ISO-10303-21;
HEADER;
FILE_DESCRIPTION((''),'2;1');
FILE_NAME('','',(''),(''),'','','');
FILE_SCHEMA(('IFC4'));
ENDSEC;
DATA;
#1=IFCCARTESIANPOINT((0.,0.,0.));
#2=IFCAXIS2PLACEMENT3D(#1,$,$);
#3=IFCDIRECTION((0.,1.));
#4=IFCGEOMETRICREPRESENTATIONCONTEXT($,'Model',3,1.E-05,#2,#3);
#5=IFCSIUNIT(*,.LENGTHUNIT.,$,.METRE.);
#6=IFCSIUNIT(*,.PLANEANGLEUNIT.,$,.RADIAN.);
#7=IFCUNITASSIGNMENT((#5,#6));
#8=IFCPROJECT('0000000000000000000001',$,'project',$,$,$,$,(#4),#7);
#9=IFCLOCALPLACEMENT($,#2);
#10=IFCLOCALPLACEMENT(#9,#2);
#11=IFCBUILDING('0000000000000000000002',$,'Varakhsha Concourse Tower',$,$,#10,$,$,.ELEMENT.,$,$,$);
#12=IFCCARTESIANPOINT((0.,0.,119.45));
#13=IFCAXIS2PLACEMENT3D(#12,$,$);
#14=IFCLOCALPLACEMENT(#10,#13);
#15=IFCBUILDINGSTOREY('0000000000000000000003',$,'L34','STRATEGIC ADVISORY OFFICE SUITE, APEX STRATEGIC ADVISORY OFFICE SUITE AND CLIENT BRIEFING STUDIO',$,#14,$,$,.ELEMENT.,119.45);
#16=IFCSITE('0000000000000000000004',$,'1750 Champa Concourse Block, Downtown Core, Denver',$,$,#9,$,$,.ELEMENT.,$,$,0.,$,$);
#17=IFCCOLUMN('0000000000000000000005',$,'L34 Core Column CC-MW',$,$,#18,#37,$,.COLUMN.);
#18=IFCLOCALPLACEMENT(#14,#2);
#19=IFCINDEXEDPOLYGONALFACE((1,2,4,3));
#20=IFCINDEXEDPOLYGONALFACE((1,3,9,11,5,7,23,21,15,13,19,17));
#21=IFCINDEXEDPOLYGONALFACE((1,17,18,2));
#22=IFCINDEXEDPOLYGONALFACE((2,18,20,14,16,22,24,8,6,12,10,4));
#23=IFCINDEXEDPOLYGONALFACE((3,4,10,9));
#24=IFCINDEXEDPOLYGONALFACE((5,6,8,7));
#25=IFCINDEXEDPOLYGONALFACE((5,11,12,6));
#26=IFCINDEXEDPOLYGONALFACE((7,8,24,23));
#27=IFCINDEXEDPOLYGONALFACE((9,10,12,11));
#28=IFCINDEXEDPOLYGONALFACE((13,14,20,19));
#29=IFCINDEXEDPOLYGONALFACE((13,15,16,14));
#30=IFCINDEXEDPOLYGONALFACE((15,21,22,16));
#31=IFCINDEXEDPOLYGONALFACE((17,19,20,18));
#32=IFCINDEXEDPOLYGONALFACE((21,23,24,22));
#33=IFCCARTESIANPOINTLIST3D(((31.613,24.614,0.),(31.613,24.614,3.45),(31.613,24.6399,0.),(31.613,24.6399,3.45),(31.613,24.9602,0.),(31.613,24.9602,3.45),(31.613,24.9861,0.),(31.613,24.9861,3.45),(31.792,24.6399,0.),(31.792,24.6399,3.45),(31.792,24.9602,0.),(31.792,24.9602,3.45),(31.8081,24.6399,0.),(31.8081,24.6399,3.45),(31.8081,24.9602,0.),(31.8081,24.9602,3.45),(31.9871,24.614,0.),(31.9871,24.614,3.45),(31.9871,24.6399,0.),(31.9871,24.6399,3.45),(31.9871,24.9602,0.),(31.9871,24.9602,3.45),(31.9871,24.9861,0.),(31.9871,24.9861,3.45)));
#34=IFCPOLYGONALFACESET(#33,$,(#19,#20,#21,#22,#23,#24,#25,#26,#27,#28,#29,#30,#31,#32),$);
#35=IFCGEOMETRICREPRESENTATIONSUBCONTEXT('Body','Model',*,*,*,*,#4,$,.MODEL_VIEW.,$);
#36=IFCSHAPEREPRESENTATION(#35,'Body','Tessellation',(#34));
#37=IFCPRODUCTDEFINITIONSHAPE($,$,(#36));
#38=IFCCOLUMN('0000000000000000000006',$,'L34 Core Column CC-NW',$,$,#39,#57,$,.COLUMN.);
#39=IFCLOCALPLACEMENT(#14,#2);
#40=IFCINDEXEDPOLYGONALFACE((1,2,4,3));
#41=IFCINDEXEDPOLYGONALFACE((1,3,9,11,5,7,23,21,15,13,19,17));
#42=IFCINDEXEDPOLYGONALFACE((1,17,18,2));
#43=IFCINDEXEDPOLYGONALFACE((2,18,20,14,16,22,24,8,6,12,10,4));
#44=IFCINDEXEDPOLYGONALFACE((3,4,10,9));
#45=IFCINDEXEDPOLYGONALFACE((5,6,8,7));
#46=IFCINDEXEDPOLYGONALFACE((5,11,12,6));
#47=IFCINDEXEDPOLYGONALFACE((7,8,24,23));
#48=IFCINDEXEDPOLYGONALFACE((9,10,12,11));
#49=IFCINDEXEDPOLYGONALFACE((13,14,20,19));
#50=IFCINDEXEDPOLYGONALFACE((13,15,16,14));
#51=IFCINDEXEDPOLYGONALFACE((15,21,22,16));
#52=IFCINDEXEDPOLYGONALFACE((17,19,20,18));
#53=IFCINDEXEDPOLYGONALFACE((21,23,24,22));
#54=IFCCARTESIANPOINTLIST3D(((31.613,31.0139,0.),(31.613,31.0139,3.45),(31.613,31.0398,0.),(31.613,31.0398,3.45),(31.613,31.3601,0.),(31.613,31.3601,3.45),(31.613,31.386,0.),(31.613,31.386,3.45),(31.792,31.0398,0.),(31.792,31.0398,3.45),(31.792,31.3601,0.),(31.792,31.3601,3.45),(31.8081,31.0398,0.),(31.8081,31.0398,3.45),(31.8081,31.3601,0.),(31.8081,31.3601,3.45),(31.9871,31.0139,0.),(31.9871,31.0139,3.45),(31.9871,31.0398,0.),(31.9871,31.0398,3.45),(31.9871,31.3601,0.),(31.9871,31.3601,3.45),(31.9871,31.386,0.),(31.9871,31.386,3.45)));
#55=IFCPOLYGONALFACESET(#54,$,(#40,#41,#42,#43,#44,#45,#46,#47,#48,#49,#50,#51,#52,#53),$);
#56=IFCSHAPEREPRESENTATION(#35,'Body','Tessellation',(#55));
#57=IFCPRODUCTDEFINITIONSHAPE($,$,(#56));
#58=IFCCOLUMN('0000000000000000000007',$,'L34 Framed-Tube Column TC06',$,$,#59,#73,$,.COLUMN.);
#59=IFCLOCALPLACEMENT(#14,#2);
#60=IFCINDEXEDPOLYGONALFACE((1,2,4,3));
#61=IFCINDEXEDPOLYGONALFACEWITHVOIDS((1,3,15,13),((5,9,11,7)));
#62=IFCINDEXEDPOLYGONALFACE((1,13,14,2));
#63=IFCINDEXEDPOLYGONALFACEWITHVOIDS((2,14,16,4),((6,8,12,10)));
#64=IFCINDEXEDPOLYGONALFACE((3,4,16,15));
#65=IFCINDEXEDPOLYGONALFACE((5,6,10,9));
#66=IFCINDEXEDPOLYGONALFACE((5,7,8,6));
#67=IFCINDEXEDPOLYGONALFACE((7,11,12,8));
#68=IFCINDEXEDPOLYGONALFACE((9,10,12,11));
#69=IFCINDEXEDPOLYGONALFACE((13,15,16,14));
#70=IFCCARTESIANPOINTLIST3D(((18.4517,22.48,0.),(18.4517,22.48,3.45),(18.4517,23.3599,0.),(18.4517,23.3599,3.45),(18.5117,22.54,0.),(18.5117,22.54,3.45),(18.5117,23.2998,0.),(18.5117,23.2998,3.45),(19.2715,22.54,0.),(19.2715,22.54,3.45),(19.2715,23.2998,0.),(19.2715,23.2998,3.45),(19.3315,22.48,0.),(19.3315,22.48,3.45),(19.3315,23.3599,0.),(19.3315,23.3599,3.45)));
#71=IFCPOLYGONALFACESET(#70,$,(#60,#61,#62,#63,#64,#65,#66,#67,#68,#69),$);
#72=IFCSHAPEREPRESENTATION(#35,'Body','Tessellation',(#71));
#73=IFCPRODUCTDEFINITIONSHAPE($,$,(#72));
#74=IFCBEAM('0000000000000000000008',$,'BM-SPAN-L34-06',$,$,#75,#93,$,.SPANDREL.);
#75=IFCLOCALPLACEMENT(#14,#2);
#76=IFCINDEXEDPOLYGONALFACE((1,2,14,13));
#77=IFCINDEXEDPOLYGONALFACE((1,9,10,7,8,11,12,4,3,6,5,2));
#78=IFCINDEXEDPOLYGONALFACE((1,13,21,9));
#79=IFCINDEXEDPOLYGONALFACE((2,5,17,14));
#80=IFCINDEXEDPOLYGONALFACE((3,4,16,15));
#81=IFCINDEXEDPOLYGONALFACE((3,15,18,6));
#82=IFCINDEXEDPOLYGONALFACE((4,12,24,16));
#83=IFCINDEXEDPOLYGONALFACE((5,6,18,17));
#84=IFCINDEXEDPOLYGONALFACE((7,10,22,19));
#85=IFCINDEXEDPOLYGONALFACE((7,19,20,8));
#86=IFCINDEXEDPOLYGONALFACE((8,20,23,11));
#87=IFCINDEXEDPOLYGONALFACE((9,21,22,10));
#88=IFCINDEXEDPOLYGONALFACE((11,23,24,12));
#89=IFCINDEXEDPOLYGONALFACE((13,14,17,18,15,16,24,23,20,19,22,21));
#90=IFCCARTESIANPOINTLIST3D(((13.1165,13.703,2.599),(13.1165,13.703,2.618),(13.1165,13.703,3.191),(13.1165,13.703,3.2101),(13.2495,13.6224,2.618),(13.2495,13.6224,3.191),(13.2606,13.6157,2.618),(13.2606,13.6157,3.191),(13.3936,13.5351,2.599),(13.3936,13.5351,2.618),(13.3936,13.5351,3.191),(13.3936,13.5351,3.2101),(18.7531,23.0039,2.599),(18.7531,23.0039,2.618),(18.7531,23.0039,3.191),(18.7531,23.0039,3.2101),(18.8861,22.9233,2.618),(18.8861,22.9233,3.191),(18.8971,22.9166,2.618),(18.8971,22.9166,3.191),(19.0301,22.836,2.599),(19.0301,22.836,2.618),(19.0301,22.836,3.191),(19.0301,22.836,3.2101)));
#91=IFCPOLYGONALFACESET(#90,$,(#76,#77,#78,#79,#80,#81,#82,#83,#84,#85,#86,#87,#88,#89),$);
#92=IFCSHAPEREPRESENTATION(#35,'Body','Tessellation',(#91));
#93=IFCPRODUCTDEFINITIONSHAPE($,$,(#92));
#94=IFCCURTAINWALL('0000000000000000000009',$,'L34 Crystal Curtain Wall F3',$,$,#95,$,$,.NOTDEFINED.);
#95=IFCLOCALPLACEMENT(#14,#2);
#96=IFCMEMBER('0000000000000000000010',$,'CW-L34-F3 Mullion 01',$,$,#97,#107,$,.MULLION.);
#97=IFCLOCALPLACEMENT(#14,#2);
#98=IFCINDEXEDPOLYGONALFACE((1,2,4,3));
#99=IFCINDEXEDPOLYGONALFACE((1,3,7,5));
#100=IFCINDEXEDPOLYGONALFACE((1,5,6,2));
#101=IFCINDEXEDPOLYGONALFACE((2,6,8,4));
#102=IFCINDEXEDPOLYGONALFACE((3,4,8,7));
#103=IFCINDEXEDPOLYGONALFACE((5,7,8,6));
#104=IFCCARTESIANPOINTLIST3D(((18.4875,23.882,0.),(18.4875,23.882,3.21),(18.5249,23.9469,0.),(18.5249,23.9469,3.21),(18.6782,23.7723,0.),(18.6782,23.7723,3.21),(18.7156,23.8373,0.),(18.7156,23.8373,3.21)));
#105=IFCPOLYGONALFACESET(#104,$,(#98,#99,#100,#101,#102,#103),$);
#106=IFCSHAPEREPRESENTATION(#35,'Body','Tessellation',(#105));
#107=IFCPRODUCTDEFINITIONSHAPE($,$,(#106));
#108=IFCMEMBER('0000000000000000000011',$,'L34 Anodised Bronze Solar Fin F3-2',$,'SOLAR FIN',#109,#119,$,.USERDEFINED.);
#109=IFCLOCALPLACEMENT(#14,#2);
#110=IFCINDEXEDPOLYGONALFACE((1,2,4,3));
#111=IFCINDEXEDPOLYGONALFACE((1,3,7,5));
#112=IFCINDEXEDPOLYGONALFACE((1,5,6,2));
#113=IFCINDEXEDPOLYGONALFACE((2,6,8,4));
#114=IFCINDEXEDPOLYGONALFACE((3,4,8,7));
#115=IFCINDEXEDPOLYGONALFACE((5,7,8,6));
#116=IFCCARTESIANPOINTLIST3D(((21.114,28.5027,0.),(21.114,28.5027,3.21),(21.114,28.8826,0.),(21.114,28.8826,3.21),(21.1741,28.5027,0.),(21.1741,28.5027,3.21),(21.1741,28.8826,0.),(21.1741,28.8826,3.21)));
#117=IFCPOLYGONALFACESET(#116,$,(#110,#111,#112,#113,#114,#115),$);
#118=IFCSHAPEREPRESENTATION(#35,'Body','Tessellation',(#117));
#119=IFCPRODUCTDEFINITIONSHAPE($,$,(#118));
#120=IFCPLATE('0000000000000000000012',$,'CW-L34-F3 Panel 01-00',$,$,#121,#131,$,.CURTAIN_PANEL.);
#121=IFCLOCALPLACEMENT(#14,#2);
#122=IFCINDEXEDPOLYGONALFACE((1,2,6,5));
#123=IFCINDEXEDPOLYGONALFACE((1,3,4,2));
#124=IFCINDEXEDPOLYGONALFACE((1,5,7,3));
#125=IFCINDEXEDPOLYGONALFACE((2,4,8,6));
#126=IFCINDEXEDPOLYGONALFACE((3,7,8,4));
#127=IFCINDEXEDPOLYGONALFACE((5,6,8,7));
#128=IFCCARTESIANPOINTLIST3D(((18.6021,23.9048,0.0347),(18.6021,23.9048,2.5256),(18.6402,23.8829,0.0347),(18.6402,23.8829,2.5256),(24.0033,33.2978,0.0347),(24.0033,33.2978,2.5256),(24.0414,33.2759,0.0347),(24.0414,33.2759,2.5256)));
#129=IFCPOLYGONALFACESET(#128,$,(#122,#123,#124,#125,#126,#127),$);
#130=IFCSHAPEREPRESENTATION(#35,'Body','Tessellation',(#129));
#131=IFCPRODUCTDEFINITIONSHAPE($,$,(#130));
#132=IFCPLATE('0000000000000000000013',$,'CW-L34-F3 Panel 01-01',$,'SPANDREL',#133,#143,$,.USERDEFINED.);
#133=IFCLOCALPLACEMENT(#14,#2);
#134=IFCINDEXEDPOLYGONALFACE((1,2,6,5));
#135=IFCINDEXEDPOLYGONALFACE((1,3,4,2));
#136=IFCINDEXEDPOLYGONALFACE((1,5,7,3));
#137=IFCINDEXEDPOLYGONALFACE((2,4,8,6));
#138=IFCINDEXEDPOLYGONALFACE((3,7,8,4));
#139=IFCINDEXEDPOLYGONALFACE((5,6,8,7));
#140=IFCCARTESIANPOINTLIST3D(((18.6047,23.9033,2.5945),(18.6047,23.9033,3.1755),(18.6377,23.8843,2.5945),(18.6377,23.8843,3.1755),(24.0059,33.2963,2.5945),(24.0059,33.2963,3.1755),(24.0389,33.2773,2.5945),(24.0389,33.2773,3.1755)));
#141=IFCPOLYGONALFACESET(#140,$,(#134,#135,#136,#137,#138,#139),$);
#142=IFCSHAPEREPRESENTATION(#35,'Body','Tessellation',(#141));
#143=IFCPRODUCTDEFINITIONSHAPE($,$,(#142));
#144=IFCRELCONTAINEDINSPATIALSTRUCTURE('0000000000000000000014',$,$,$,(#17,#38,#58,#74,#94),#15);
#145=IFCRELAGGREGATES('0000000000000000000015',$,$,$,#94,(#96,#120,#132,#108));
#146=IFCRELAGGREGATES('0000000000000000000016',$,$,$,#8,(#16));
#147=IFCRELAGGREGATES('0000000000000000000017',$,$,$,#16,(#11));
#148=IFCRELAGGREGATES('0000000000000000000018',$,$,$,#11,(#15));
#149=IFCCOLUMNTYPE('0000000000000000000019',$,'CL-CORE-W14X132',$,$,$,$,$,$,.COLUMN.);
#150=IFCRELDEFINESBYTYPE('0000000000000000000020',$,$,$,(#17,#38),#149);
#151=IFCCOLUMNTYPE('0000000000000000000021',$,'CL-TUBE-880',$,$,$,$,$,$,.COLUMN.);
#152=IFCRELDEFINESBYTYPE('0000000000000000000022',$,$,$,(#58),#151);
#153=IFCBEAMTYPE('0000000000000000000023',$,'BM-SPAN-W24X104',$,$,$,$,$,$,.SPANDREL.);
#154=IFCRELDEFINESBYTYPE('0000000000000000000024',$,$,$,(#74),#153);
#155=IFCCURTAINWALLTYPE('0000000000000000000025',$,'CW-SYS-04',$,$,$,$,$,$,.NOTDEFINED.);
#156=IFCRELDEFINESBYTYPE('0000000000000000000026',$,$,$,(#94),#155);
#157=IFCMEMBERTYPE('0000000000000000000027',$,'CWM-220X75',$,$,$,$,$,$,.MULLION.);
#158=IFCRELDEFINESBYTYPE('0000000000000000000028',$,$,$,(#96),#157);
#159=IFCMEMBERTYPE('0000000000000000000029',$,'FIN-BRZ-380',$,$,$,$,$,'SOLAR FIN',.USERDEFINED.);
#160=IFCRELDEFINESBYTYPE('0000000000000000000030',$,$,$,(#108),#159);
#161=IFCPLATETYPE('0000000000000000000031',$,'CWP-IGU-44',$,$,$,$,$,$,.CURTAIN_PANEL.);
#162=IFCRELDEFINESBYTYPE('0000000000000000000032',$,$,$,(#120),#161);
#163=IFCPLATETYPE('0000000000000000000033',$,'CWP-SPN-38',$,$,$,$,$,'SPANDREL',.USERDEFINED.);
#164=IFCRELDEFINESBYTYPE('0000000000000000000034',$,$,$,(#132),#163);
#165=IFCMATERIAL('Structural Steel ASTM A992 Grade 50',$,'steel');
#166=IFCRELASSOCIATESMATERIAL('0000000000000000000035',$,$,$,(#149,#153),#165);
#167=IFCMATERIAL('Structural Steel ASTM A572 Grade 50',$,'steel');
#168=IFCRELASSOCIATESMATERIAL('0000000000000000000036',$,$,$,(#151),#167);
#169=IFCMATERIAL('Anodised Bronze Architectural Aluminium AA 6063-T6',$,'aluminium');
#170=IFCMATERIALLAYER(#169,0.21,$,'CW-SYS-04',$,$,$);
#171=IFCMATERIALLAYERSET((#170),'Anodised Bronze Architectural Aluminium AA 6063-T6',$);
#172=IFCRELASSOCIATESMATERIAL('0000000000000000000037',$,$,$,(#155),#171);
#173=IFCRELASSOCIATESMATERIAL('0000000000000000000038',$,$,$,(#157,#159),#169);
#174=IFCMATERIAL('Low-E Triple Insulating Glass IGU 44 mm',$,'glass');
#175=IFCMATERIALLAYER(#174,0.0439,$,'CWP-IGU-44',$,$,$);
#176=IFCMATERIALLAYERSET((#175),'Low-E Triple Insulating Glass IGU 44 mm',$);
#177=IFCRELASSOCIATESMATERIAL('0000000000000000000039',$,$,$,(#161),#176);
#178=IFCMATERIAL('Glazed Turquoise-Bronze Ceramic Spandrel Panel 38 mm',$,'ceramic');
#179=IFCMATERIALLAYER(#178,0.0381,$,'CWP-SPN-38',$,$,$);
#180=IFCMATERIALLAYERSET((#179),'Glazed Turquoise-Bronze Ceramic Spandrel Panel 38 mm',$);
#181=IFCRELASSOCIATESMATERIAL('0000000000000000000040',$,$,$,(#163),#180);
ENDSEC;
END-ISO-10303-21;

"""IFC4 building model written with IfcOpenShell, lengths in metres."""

from ifc_helpers import new_model, si_unit, direction, frame, origin, origin_2d, place, context, subcontext, project, spatial, rectangle, hollow_rectangle, i_section, extrude, source, transform, mapped, material, layer, layer_set, material_profile, profile_set, type_object, type_shapes, element, aggregate, save


model = new_model("IFC4")

# Units and contexts
model_context = context("Model", 3, precision=1e-05, world=origin(), true_north=direction((0.0, 1.0)))
body_context = subcontext(model_context, "Body", "Model", "MODEL_VIEW")
ifc_project = project(units=[si_unit("LENGTHUNIT", "METRE"), si_unit("PLANEANGLEUNIT", "RADIAN")], contexts=[model_context])

# Site, building, storey
site_placement = place(None, origin())
site = spatial("IfcSite", under=ifc_project, at=site_placement, Name="1750 Champa Concourse Block, Downtown Core, Denver", CompositionType="ELEMENT", RefElevation=0.0)
building_placement = place(site_placement, origin())
building = spatial("IfcBuilding", under=site, at=building_placement, Name="Varakhsha Concourse Tower", CompositionType="ELEMENT")
storey_placement = place(building_placement, frame((0.0, 0.0, 119.45)))
storey = spatial("IfcBuildingStorey", under=building, at=storey_placement, Name="L34", Description="STRATEGIC ADVISORY OFFICE SUITE, APEX STRATEGIC ADVISORY OFFICE SUITE AND CLIENT BRIEFING STUDIO", CompositionType="ELEMENT", Elevation=119.45)

# Columns
ifc_material_1 = material(Name="Structural Steel ASTM A992 Grade 50", Category="steel")
ifc_material_profile_1 = material_profile(ifc_material_1, i_section(OverallWidth=0.374, OverallDepth=0.3721, WebThickness=0.0161, FlangeThickness=0.0259, at=origin_2d()), Name="W14X132")
ifc_profile_set_1 = profile_set([ifc_material_profile_1], Name="Structural Steel ASTM A992 Grade 50")
column_type_1 = type_object("IfcColumnType", Name="CL-CORE-W14X132", PredefinedType="COLUMN", material=ifc_profile_set_1)
for number, where, z_axis, x_axis, name in (
    (1, (31.8, 24.8, 0.0), (0.0, 0.0, 1.0), (1.0, 0.0, 0.0), "L34 Core Column CC-MW"),
    (2, (31.8, 31.2, 0.0), (0.0, 0.0, 1.0), (1.0, 0.0, 0.0), "L34 Core Column CC-NW"),
):
    element("IfcColumn", number, at=place(storey_placement, frame(where, z_axis=z_axis, x_axis=x_axis)), inside=storey, type_object=column_type_1, Name=name, PredefinedType="COLUMN", context=body_context, shape_type="SweptSolid", body=[
        extrude(i_section(OverallWidth=0.374, OverallDepth=0.3721, WebThickness=0.0161, FlangeThickness=0.0259, at=origin_2d()), origin(), (0.0, 0.0, 1.0), 3.45),
    ])
ifc_material_2 = material(Name="Structural Steel ASTM A572 Grade 50", Category="steel")
ifc_material_profile_2 = material_profile(ifc_material_2, hollow_rectangle(XDim=0.8799, YDim=0.8799, WallThickness=0.0601, at=origin_2d()), Name="BOX 880x880x60")
ifc_profile_set_2 = profile_set([ifc_material_profile_2], Name="Structural Steel ASTM A572 Grade 50")
column_type_2 = type_object("IfcColumnType", Name="CL-TUBE-880", PredefinedType="COLUMN", material=ifc_profile_set_2)
column_placement = place(storey_placement, frame((18.8916, 22.9199, 0.0), z_axis=(0.0, 0.0, 1.0), x_axis=(1.0, 0.0, 0.0)))
element("IfcColumn", 3, at=column_placement, inside=storey, type_object=column_type_2, Name="L34 Framed-Tube Column TC06", PredefinedType="COLUMN", context=body_context, shape_type="SweptSolid", body=[
    extrude(hollow_rectangle(XDim=0.8799, YDim=0.8799, WallThickness=0.0601, at=origin_2d()), origin(), (0.0, 0.0, 1.0), 3.45),
])

# Beam
ifc_material_profile_3 = material_profile(ifc_material_1, i_section(OverallWidth=0.324, OverallDepth=0.6111, WebThickness=0.0129, FlangeThickness=0.019, at=origin_2d()), Name="W24X104")
ifc_profile_set_3 = profile_set([ifc_material_profile_3], Name="Structural Steel ASTM A992 Grade 50")
beam_type = type_object("IfcBeamType", Name="BM-SPAN-W24X104", PredefinedType="SPANDREL", material=ifc_profile_set_3)
beam_placement = place(storey_placement, frame((18.8916, 22.9199, 2.9045), z_axis=(-0.518277, -0.855213, 0.0), x_axis=(0.855213, -0.518277, 0.0)))
element("IfcBeam", 4, at=beam_placement, inside=storey, type_object=beam_type, Name="BM-SPAN-L34-06", PredefinedType="SPANDREL", context=body_context, shape_type="SweptSolid", body=[
    extrude(i_section(OverallWidth=0.324, OverallDepth=0.6111, WebThickness=0.0129, FlangeThickness=0.019, at=origin_2d()), origin(), (0.0, 0.0, 1.0), 10.8755),
])

# Curtain wall, members, plates
ifc_material_3 = material(Name="Anodised Bronze Architectural Aluminium AA 6063-T6", Category="aluminium")
ifc_layer_1 = layer(ifc_material_3, 0.21, Name="CW-SYS-04")
ifc_layer_set_1 = layer_set([ifc_layer_1], Name="Anodised Bronze Architectural Aluminium AA 6063-T6")
curtain_wall_type = type_object("IfcCurtainWallType", Name="CW-SYS-04", PredefinedType="NOTDEFINED", material=ifc_layer_set_1)
curtain_wall_placement = place(storey_placement, origin())
curtain_wall = element("IfcCurtainWall", 5, at=curtain_wall_placement, inside=storey, type_object=curtain_wall_type, Name="L34 Crystal Curtain Wall F3", PredefinedType="NOTDEFINED")
ifc_material_profile_4 = material_profile(ifc_material_3, rectangle(XDim=0.075, YDim=0.22, at=origin_2d()), Name="CWM-220X75")
ifc_profile_set_4 = profile_set([ifc_material_profile_4], Name="Anodised Bronze Architectural Aluminium AA 6063-T6")
member_type_1 = type_object("IfcMemberType", Name="CWM-220X75", PredefinedType="MULLION", material=ifc_profile_set_4)
shared_shape_1 = source(origin(), body_context, "Body", "SweptSolid", [
    extrude(rectangle(XDim=0.075, YDim=0.22, at=origin_2d()), origin(), (0.0, 0.0, 1.0), 3.21),
])
type_shapes(member_type_1, [shared_shape_1])
member_1_placement = place(storey_placement, frame((18.6016, 23.8596, 0.0), z_axis=(0.0, 0.0, 1.0), x_axis=(0.498489, 0.866896, 0.0)))
member_1 = element("IfcMember", 6, at=member_1_placement, type_object=member_type_1, Name="CW-L34-F3 Mullion 01", PredefinedType="MULLION", context=body_context, shape_type="MappedRepresentation", body=[
    mapped(shared_shape_1, transform((0.0, 0.0, 0.0), scale=1.0)),
])
ifc_material_profile_5 = material_profile(ifc_material_3, rectangle(XDim=0.0601, YDim=0.3799, at=origin_2d()), Name="FIN-BRZ-380")
ifc_profile_set_5 = profile_set([ifc_material_profile_5], Name="Anodised Bronze Architectural Aluminium AA 6063-T6")
member_type_2 = type_object("IfcMemberType", Name="FIN-BRZ-380", ElementType="SOLAR FIN", PredefinedType="USERDEFINED", material=ifc_profile_set_5)
shared_shape_2 = source(origin(), body_context, "Body", "SweptSolid", [
    extrude(rectangle(XDim=0.0601, YDim=0.3799, at=origin_2d()), origin(), (0.0, 0.0, 1.0), 3.21),
])
type_shapes(member_type_2, [shared_shape_2])
member_2_placement = place(storey_placement, frame((21.144, 28.6926, 0.0), z_axis=(0.0, 0.0, 1.0), x_axis=(1.0, 0.0, 0.0)))
member_2 = element("IfcMember", 7, at=member_2_placement, type_object=member_type_2, Name="L34 Anodised Bronze Solar Fin F3-2", ObjectType="SOLAR FIN", PredefinedType="USERDEFINED", context=body_context, shape_type="MappedRepresentation", body=[
    mapped(shared_shape_2, transform((0.0, 0.0, 0.0), scale=1.0)),
])
ifc_material_4 = material(Name="Low-E Triple Insulating Glass IGU 44 mm", Category="glass")
ifc_layer_2 = layer(ifc_material_4, 0.0439, Name="CWP-IGU-44")
ifc_layer_set_2 = layer_set([ifc_layer_2], Name="Low-E Triple Insulating Glass IGU 44 mm")
plate_type_1 = type_object("IfcPlateType", Name="CWP-IGU-44", PredefinedType="CURTAIN_PANEL", material=ifc_layer_set_2)
shared_shape_3 = source(origin(), body_context, "Body", "SweptSolid", [
    extrude(rectangle(XDim=10.8352, YDim=0.0439, at=origin_2d()), origin(), (0.0, 0.0, 1.0), 2.491),
])
type_shapes(plate_type_1, [shared_shape_3])
plate_1_placement = place(storey_placement, frame((21.3218, 28.5903, 0.0347), z_axis=(0.0, 0.0, 1.0), x_axis=(0.498489, 0.866896, 0.0)))
plate_1 = element("IfcPlate", 8, at=plate_1_placement, type_object=plate_type_1, Name="CW-L34-F3 Panel 01-00", PredefinedType="CURTAIN_PANEL", context=body_context, shape_type="MappedRepresentation", body=[
    mapped(shared_shape_3, transform((0.0, 0.0, 0.0), scale=1.0)),
])
ifc_material_5 = material(Name="Glazed Turquoise-Bronze Ceramic Spandrel Panel 38 mm", Category="ceramic")
ifc_layer_3 = layer(ifc_material_5, 0.0381, Name="CWP-SPN-38")
ifc_layer_set_3 = layer_set([ifc_layer_3], Name="Glazed Turquoise-Bronze Ceramic Spandrel Panel 38 mm")
plate_type_2 = type_object("IfcPlateType", Name="CWP-SPN-38", ElementType="SPANDREL", PredefinedType="USERDEFINED", material=ifc_layer_set_3)
shared_shape_4 = source(origin(), body_context, "Body", "SweptSolid", [
    extrude(rectangle(XDim=10.8352, YDim=0.0381, at=origin_2d()), origin(), (0.0, 0.0, 1.0), 0.5811),
])
type_shapes(plate_type_2, [shared_shape_4])
plate_2_placement = place(storey_placement, frame((21.3218, 28.5903, 2.5945), z_axis=(0.0, 0.0, 1.0), x_axis=(0.498489, 0.866896, 0.0)))
plate_2 = element("IfcPlate", 9, at=plate_2_placement, type_object=plate_type_2, Name="CW-L34-F3 Panel 01-01", ObjectType="SPANDREL", PredefinedType="USERDEFINED", context=body_context, shape_type="MappedRepresentation", body=[
    mapped(shared_shape_4, transform((0.0, 0.0, 0.0), scale=1.0)),
])
aggregate(curtain_wall, [member_1, plate_1, plate_2, member_2])

save(model, "model.ifc")
